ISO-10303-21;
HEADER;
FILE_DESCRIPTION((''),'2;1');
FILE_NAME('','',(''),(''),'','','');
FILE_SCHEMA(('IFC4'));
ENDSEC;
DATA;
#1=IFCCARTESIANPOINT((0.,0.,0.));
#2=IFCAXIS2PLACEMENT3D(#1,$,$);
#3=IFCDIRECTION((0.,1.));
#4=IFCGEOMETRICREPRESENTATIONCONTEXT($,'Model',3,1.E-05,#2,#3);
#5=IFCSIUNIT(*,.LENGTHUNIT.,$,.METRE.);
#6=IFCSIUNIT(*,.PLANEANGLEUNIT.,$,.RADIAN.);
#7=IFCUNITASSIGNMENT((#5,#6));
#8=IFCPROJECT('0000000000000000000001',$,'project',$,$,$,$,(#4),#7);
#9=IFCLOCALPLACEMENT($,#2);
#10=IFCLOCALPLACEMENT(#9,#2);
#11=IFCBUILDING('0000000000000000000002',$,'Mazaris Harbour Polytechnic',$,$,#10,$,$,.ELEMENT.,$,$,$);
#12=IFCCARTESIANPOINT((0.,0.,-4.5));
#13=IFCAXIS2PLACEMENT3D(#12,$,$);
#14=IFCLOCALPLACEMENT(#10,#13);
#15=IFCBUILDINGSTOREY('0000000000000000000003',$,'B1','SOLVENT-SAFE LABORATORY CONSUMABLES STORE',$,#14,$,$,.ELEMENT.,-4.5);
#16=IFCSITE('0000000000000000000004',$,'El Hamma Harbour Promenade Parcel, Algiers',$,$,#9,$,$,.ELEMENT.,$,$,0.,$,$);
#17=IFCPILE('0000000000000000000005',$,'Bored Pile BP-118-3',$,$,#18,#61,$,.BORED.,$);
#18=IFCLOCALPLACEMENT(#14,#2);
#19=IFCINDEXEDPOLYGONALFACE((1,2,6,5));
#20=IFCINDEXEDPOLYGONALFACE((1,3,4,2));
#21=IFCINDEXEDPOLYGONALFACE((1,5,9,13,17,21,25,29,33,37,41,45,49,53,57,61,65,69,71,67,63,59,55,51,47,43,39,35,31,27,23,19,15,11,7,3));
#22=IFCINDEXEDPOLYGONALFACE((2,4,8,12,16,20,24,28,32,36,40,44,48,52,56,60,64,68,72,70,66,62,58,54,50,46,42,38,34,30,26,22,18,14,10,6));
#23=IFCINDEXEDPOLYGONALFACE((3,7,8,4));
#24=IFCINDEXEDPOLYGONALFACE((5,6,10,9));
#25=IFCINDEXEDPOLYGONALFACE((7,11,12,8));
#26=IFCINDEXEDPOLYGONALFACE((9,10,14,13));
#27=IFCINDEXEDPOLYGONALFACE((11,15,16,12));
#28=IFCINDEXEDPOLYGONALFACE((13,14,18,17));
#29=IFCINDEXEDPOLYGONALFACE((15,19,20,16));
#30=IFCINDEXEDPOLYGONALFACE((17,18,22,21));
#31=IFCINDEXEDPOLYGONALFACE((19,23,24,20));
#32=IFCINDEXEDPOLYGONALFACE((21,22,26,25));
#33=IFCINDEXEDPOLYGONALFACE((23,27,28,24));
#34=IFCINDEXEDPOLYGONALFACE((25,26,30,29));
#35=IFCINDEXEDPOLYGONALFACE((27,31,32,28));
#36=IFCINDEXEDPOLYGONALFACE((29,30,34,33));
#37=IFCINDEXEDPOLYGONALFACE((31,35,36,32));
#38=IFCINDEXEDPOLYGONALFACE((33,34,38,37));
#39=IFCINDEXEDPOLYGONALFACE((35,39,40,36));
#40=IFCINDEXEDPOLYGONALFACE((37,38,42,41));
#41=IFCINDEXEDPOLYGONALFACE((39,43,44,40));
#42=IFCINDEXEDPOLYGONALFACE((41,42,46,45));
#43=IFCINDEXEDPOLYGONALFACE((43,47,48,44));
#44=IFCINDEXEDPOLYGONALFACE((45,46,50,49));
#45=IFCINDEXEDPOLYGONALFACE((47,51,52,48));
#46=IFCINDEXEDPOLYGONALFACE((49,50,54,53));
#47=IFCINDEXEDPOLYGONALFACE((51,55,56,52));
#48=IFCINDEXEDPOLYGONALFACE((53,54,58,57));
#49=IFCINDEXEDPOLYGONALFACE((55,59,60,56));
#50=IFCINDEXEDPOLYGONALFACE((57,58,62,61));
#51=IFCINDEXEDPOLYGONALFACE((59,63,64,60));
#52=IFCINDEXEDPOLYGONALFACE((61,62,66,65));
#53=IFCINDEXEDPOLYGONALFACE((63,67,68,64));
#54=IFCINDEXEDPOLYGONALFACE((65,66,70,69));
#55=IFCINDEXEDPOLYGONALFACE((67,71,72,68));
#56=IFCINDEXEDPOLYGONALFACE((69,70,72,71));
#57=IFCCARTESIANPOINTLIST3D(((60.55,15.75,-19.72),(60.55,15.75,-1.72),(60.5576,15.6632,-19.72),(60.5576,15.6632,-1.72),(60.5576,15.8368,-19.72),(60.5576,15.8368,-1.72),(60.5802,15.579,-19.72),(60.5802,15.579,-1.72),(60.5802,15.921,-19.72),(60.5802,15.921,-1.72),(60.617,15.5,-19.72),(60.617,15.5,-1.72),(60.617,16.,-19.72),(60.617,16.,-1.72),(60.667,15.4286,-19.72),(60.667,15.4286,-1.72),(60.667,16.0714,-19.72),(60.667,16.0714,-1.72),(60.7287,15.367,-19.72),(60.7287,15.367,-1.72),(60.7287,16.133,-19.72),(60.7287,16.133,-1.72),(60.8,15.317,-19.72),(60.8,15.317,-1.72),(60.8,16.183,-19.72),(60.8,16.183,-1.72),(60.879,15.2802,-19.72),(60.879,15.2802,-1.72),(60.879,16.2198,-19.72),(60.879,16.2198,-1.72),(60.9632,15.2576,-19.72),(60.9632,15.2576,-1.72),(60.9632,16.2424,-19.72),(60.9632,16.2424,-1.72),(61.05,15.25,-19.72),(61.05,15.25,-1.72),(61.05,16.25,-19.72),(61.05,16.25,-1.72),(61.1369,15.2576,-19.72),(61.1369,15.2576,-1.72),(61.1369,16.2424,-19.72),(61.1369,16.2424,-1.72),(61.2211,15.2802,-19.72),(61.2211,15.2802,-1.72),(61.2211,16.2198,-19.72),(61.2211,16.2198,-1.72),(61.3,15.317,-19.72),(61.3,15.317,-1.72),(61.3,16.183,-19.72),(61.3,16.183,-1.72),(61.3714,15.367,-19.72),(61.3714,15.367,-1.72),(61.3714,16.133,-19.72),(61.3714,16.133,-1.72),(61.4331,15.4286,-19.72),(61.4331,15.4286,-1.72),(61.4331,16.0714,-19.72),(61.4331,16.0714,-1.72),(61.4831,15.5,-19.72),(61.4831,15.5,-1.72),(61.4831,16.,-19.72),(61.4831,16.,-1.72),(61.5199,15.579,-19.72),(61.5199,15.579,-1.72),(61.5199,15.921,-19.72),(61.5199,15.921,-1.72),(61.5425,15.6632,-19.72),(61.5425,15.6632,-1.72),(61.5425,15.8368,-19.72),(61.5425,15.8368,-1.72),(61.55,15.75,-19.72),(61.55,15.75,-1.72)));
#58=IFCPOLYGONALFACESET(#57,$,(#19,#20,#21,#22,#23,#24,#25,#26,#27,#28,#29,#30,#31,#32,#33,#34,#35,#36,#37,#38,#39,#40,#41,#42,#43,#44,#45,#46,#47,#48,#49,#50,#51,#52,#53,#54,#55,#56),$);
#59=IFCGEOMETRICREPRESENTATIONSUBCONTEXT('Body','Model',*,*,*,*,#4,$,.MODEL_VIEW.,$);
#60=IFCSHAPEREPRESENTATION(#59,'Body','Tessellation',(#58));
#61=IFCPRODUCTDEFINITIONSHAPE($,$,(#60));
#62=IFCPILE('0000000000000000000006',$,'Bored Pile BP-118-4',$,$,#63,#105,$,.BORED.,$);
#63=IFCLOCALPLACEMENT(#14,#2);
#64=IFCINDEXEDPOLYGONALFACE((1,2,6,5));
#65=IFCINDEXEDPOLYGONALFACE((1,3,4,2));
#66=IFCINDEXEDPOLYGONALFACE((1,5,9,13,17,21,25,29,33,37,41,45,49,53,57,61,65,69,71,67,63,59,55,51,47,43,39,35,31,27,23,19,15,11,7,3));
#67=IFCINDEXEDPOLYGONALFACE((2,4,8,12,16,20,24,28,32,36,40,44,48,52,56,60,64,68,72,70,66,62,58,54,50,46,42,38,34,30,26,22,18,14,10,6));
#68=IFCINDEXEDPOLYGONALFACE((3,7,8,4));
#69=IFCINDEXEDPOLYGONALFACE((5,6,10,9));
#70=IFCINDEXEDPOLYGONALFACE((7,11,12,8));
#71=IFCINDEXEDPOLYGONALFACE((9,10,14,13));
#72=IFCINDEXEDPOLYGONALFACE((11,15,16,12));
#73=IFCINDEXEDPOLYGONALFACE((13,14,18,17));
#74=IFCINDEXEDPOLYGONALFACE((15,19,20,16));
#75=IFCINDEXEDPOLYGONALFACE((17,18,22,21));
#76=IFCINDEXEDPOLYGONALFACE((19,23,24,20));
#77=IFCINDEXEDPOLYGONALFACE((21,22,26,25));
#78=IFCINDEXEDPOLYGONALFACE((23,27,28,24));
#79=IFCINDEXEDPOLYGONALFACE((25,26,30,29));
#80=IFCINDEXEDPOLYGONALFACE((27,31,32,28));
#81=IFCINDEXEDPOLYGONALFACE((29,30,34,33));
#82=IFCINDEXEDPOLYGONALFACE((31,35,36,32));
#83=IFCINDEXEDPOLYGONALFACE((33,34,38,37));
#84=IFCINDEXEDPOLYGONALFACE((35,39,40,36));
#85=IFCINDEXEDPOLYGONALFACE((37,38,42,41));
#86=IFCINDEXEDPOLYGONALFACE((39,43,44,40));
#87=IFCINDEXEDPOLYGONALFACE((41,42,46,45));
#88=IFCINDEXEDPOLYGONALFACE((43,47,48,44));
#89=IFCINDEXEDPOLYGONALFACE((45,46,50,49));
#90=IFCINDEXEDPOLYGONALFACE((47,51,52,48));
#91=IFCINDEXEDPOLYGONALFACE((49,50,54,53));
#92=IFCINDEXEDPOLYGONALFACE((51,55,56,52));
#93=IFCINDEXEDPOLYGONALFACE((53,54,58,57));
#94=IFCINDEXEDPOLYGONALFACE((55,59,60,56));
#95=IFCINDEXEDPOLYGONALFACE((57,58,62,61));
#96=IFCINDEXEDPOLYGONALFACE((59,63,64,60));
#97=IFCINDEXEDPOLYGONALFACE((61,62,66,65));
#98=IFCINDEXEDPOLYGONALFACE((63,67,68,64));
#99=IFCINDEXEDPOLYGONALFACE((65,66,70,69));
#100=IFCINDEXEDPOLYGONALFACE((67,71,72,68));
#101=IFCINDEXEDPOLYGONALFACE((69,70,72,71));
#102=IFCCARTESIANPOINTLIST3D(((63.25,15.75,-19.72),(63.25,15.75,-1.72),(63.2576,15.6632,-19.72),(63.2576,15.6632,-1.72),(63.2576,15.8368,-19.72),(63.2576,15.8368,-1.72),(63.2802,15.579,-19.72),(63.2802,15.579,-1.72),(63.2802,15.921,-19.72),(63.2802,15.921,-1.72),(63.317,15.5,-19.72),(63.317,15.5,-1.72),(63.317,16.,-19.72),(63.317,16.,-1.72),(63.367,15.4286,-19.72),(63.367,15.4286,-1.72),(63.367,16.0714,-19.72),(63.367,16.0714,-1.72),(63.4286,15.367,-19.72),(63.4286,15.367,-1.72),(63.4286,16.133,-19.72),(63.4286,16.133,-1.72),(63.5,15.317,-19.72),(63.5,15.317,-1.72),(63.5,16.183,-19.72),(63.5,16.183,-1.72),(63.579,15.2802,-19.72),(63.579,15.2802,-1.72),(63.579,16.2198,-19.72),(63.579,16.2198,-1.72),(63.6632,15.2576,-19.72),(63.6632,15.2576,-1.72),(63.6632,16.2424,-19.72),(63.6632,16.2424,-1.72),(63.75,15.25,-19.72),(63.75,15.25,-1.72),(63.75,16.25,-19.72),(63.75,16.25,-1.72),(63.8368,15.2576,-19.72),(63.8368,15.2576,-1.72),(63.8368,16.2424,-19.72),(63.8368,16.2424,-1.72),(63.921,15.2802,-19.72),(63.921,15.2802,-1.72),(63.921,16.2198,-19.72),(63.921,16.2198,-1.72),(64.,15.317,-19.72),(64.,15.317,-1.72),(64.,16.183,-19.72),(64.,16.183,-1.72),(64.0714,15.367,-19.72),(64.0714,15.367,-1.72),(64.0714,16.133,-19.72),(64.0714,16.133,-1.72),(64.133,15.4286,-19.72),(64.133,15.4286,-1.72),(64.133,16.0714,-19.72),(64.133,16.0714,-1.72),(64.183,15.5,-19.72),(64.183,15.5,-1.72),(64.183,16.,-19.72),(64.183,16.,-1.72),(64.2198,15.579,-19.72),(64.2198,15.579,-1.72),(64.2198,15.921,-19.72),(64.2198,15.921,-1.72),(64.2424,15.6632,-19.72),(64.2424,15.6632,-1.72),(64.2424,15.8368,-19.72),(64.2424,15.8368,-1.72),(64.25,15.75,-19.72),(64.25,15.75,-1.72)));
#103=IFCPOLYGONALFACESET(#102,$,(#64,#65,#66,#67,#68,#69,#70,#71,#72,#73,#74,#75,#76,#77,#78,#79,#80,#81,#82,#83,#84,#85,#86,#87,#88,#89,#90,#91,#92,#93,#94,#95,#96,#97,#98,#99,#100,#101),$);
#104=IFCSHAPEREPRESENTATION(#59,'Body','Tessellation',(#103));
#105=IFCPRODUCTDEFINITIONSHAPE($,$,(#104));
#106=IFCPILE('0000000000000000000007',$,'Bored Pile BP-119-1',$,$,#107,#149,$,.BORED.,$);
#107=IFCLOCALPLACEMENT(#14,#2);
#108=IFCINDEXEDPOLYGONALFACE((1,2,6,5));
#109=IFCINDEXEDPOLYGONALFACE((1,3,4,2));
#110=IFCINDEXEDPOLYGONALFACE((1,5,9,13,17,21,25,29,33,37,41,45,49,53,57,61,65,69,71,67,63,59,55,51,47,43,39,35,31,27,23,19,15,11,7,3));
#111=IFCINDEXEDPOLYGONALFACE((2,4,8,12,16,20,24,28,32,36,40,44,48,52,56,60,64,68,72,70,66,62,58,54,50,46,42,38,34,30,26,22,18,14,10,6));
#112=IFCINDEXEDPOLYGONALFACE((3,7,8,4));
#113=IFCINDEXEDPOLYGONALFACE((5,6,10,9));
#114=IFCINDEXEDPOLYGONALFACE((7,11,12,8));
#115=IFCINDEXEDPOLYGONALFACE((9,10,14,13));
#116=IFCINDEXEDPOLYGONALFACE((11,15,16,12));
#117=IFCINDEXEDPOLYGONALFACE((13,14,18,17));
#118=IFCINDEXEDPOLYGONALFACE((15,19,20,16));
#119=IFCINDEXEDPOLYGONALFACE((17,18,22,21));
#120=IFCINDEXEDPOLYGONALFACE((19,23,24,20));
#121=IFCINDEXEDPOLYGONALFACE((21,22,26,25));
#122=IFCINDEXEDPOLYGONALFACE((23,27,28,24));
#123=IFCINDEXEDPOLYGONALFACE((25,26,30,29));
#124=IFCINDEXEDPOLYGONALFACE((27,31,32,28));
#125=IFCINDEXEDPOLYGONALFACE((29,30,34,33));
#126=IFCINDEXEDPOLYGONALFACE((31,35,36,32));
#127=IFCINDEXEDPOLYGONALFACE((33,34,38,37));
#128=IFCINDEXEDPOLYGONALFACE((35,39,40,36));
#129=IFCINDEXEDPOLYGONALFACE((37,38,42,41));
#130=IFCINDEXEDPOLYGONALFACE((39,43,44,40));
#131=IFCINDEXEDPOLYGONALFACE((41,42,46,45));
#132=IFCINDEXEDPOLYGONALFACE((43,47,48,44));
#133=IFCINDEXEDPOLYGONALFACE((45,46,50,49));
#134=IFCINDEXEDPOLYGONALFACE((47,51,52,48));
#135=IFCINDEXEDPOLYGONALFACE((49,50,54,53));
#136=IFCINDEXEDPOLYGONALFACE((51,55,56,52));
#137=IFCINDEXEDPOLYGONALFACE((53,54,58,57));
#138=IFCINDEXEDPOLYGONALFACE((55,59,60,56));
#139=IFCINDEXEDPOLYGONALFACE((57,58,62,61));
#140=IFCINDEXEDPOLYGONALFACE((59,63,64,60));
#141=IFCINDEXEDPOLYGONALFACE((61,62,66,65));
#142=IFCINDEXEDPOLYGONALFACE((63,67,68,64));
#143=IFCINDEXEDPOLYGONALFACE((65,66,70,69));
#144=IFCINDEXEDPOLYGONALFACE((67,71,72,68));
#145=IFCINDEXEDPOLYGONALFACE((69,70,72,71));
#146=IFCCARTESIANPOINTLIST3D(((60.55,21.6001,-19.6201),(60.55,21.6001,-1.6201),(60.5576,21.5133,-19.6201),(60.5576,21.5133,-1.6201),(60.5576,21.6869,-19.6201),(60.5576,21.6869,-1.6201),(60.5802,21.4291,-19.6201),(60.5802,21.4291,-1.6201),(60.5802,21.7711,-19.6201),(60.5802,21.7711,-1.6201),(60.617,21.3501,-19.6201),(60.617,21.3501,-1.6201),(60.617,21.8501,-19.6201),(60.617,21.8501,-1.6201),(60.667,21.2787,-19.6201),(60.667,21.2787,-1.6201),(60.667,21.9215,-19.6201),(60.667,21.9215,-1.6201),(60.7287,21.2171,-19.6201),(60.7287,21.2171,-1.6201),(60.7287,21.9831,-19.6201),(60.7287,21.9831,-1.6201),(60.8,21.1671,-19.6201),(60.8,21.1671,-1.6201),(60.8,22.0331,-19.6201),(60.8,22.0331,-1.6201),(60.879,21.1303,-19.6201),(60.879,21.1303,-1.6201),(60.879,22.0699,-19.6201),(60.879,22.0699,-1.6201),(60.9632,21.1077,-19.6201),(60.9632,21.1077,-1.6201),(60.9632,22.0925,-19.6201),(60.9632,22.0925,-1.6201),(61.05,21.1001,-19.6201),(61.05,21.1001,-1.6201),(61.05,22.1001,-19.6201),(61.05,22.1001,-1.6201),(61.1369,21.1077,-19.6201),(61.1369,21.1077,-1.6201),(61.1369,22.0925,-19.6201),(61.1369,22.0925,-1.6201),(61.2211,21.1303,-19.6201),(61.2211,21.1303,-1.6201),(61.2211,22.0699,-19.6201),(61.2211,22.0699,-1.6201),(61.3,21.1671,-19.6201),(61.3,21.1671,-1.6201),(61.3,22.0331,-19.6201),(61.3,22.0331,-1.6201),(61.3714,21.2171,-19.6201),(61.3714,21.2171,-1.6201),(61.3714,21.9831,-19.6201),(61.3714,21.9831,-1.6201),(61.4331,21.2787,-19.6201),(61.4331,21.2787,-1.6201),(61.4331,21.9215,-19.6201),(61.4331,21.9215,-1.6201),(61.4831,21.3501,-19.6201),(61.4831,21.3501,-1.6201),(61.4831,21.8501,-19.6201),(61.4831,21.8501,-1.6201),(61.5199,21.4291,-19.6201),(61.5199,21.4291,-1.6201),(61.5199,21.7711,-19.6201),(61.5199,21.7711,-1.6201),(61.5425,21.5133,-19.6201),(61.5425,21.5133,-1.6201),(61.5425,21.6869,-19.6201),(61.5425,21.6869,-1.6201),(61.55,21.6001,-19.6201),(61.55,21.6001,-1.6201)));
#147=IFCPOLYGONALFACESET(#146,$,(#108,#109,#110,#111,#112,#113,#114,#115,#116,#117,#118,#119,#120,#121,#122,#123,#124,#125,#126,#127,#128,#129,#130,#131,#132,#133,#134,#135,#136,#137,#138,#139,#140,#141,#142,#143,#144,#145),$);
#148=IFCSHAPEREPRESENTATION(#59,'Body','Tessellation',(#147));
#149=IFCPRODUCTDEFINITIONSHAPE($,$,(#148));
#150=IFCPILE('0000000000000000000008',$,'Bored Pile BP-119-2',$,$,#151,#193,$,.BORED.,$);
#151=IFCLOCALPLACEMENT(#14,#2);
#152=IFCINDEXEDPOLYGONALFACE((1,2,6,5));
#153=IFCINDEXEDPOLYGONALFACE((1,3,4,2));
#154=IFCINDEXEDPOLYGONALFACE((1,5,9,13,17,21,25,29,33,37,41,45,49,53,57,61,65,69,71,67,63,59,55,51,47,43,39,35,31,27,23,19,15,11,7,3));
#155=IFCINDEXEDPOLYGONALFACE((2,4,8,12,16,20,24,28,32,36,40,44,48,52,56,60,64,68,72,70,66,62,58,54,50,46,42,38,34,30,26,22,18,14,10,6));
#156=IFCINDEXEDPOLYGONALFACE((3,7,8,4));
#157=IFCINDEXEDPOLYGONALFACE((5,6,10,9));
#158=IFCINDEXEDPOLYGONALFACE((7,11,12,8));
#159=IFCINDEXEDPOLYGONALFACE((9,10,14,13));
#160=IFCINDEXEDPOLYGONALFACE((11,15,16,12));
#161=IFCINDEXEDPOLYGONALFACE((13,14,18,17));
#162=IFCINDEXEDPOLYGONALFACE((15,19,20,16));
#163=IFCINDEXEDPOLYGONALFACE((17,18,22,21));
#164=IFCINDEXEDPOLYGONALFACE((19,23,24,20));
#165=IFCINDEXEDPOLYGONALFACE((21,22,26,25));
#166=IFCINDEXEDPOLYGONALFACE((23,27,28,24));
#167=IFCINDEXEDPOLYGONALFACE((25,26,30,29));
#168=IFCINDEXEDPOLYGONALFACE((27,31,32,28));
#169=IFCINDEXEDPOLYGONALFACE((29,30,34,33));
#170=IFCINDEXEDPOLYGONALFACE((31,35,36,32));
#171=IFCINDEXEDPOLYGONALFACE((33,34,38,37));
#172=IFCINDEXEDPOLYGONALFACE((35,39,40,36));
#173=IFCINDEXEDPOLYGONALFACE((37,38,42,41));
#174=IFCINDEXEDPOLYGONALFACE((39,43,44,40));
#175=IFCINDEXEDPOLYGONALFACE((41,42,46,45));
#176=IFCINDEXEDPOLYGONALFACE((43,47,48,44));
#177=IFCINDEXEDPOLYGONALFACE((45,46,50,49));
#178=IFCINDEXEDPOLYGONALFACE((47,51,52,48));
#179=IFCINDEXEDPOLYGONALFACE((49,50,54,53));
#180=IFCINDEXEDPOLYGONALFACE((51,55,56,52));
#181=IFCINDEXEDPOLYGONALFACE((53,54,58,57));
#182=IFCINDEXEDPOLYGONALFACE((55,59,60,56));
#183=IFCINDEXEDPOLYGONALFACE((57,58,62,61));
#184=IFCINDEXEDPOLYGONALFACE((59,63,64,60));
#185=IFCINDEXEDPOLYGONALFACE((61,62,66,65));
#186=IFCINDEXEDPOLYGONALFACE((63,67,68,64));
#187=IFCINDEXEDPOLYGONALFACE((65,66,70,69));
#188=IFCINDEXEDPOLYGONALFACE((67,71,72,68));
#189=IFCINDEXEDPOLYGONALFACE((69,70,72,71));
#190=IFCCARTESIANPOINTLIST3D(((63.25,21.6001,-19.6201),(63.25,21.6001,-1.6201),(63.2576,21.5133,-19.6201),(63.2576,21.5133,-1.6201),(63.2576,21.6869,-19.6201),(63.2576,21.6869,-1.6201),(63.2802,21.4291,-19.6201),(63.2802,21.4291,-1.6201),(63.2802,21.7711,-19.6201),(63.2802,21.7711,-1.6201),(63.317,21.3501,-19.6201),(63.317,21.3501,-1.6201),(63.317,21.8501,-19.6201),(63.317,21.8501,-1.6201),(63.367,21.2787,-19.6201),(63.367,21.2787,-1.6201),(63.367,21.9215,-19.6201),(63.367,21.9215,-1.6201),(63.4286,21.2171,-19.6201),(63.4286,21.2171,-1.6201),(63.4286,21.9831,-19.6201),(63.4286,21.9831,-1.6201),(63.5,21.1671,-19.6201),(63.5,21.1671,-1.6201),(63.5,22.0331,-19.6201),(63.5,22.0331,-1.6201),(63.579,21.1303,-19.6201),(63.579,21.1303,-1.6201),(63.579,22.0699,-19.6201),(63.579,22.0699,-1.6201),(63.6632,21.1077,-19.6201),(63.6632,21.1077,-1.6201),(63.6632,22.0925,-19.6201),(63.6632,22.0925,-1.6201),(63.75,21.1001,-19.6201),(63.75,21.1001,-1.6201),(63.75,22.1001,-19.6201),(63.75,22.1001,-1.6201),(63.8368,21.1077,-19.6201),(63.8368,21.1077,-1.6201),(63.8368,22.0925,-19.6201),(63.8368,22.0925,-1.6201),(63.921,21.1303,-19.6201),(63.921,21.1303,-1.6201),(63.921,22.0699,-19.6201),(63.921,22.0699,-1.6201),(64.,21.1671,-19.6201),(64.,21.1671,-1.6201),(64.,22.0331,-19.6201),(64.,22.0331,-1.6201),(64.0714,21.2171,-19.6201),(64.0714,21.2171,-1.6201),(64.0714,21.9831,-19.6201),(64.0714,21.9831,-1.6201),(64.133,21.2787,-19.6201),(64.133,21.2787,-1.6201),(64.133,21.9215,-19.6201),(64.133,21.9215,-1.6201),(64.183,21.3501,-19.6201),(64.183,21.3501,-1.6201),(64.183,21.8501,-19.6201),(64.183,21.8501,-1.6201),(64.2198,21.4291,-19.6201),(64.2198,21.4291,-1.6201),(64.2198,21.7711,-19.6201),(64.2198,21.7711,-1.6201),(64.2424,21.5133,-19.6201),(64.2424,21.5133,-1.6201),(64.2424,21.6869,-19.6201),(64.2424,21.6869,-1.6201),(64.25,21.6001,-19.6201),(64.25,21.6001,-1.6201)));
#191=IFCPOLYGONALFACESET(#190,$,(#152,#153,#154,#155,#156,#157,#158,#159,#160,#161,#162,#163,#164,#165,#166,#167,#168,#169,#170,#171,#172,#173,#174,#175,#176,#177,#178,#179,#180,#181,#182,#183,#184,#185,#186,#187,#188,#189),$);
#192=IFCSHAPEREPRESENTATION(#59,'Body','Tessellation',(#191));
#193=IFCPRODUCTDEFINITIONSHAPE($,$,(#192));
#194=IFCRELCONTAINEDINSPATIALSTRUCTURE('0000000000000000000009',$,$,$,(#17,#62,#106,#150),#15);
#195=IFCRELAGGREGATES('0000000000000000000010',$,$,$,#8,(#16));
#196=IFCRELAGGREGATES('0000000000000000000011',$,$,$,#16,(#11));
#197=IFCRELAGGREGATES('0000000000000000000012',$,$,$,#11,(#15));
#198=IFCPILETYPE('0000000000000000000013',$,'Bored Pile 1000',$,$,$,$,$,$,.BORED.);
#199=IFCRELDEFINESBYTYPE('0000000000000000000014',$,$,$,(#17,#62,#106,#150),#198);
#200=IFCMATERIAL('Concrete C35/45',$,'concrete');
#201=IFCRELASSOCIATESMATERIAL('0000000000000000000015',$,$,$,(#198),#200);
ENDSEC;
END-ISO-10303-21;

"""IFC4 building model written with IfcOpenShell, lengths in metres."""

from ifc_helpers import new_model, si_unit, direction, frame, origin, origin_2d, place, context, subcontext, project, spatial, circle, extrude, material, material_profile, profile_set, type_object, element, save


model = new_model("IFC4")

# Units and contexts
model_context = context("Model", 3, precision=1e-05, world=origin(), true_north=direction((0.0, 1.0)))
body_context = subcontext(model_context, "Body", "Model", "MODEL_VIEW")
ifc_project = project(units=[si_unit("LENGTHUNIT", "METRE"), si_unit("PLANEANGLEUNIT", "RADIAN")], contexts=[model_context])

# Site, building, storey
site_placement = place(None, origin())
site = spatial("IfcSite", under=ifc_project, at=site_placement, Name="El Hamma Harbour Promenade Parcel, Algiers", CompositionType="ELEMENT", RefElevation=0.0)
building_placement = place(site_placement, origin())
building = spatial("IfcBuilding", under=site, at=building_placement, Name="Mazaris Harbour Polytechnic", CompositionType="ELEMENT")
storey_placement = place(building_placement, frame((0.0, 0.0, -4.5)))
storey = spatial("IfcBuildingStorey", under=building, at=storey_placement, Name="B1", Description="SOLVENT-SAFE LABORATORY CONSUMABLES STORE", CompositionType="ELEMENT", Elevation=-4.5)

# Piles
ifc_material_1 = material(Name="Concrete C35/45", Category="concrete")
ifc_material_profile_1 = material_profile(ifc_material_1, circle(Radius=0.5, at=origin_2d()), Name="DIA1000")
ifc_profile_set_1 = profile_set([ifc_material_profile_1], Name="Concrete C35/45")
pile_type_1 = type_object("IfcPileType", Name="Bored Pile 1000", PredefinedType="BORED", material=ifc_profile_set_1)
for number, where, z_axis, x_axis, name in (
    (1, (61.05, 15.75, -1.72), (0.0, 0.0, -1.0), (1.0, 0.0, 0.0), "Bored Pile BP-118-3"),
    (2, (63.75, 15.75, -1.72), (0.0, 0.0, -1.0), (1.0, 0.0, 0.0), "Bored Pile BP-118-4"),
    (3, (61.05, 21.6001, -1.6201), (0.0, 0.0, -1.0), (1.0, 0.0, 0.0), "Bored Pile BP-119-1"),
    (4, (63.75, 21.6001, -1.6201), (0.0, 0.0, -1.0), (1.0, 0.0, 0.0), "Bored Pile BP-119-2"),
):
    element("IfcPile", number, at=place(storey_placement, frame(where, z_axis=z_axis, x_axis=x_axis)), inside=storey, type_object=pile_type_1, Name=name, PredefinedType="BORED", context=body_context, shape_type="SweptSolid", body=[
        extrude(circle(Radius=0.5, at=origin_2d()), origin(), (0.0, 0.0, 1.0), 18.0),
    ])

save(model, "model.ifc")
